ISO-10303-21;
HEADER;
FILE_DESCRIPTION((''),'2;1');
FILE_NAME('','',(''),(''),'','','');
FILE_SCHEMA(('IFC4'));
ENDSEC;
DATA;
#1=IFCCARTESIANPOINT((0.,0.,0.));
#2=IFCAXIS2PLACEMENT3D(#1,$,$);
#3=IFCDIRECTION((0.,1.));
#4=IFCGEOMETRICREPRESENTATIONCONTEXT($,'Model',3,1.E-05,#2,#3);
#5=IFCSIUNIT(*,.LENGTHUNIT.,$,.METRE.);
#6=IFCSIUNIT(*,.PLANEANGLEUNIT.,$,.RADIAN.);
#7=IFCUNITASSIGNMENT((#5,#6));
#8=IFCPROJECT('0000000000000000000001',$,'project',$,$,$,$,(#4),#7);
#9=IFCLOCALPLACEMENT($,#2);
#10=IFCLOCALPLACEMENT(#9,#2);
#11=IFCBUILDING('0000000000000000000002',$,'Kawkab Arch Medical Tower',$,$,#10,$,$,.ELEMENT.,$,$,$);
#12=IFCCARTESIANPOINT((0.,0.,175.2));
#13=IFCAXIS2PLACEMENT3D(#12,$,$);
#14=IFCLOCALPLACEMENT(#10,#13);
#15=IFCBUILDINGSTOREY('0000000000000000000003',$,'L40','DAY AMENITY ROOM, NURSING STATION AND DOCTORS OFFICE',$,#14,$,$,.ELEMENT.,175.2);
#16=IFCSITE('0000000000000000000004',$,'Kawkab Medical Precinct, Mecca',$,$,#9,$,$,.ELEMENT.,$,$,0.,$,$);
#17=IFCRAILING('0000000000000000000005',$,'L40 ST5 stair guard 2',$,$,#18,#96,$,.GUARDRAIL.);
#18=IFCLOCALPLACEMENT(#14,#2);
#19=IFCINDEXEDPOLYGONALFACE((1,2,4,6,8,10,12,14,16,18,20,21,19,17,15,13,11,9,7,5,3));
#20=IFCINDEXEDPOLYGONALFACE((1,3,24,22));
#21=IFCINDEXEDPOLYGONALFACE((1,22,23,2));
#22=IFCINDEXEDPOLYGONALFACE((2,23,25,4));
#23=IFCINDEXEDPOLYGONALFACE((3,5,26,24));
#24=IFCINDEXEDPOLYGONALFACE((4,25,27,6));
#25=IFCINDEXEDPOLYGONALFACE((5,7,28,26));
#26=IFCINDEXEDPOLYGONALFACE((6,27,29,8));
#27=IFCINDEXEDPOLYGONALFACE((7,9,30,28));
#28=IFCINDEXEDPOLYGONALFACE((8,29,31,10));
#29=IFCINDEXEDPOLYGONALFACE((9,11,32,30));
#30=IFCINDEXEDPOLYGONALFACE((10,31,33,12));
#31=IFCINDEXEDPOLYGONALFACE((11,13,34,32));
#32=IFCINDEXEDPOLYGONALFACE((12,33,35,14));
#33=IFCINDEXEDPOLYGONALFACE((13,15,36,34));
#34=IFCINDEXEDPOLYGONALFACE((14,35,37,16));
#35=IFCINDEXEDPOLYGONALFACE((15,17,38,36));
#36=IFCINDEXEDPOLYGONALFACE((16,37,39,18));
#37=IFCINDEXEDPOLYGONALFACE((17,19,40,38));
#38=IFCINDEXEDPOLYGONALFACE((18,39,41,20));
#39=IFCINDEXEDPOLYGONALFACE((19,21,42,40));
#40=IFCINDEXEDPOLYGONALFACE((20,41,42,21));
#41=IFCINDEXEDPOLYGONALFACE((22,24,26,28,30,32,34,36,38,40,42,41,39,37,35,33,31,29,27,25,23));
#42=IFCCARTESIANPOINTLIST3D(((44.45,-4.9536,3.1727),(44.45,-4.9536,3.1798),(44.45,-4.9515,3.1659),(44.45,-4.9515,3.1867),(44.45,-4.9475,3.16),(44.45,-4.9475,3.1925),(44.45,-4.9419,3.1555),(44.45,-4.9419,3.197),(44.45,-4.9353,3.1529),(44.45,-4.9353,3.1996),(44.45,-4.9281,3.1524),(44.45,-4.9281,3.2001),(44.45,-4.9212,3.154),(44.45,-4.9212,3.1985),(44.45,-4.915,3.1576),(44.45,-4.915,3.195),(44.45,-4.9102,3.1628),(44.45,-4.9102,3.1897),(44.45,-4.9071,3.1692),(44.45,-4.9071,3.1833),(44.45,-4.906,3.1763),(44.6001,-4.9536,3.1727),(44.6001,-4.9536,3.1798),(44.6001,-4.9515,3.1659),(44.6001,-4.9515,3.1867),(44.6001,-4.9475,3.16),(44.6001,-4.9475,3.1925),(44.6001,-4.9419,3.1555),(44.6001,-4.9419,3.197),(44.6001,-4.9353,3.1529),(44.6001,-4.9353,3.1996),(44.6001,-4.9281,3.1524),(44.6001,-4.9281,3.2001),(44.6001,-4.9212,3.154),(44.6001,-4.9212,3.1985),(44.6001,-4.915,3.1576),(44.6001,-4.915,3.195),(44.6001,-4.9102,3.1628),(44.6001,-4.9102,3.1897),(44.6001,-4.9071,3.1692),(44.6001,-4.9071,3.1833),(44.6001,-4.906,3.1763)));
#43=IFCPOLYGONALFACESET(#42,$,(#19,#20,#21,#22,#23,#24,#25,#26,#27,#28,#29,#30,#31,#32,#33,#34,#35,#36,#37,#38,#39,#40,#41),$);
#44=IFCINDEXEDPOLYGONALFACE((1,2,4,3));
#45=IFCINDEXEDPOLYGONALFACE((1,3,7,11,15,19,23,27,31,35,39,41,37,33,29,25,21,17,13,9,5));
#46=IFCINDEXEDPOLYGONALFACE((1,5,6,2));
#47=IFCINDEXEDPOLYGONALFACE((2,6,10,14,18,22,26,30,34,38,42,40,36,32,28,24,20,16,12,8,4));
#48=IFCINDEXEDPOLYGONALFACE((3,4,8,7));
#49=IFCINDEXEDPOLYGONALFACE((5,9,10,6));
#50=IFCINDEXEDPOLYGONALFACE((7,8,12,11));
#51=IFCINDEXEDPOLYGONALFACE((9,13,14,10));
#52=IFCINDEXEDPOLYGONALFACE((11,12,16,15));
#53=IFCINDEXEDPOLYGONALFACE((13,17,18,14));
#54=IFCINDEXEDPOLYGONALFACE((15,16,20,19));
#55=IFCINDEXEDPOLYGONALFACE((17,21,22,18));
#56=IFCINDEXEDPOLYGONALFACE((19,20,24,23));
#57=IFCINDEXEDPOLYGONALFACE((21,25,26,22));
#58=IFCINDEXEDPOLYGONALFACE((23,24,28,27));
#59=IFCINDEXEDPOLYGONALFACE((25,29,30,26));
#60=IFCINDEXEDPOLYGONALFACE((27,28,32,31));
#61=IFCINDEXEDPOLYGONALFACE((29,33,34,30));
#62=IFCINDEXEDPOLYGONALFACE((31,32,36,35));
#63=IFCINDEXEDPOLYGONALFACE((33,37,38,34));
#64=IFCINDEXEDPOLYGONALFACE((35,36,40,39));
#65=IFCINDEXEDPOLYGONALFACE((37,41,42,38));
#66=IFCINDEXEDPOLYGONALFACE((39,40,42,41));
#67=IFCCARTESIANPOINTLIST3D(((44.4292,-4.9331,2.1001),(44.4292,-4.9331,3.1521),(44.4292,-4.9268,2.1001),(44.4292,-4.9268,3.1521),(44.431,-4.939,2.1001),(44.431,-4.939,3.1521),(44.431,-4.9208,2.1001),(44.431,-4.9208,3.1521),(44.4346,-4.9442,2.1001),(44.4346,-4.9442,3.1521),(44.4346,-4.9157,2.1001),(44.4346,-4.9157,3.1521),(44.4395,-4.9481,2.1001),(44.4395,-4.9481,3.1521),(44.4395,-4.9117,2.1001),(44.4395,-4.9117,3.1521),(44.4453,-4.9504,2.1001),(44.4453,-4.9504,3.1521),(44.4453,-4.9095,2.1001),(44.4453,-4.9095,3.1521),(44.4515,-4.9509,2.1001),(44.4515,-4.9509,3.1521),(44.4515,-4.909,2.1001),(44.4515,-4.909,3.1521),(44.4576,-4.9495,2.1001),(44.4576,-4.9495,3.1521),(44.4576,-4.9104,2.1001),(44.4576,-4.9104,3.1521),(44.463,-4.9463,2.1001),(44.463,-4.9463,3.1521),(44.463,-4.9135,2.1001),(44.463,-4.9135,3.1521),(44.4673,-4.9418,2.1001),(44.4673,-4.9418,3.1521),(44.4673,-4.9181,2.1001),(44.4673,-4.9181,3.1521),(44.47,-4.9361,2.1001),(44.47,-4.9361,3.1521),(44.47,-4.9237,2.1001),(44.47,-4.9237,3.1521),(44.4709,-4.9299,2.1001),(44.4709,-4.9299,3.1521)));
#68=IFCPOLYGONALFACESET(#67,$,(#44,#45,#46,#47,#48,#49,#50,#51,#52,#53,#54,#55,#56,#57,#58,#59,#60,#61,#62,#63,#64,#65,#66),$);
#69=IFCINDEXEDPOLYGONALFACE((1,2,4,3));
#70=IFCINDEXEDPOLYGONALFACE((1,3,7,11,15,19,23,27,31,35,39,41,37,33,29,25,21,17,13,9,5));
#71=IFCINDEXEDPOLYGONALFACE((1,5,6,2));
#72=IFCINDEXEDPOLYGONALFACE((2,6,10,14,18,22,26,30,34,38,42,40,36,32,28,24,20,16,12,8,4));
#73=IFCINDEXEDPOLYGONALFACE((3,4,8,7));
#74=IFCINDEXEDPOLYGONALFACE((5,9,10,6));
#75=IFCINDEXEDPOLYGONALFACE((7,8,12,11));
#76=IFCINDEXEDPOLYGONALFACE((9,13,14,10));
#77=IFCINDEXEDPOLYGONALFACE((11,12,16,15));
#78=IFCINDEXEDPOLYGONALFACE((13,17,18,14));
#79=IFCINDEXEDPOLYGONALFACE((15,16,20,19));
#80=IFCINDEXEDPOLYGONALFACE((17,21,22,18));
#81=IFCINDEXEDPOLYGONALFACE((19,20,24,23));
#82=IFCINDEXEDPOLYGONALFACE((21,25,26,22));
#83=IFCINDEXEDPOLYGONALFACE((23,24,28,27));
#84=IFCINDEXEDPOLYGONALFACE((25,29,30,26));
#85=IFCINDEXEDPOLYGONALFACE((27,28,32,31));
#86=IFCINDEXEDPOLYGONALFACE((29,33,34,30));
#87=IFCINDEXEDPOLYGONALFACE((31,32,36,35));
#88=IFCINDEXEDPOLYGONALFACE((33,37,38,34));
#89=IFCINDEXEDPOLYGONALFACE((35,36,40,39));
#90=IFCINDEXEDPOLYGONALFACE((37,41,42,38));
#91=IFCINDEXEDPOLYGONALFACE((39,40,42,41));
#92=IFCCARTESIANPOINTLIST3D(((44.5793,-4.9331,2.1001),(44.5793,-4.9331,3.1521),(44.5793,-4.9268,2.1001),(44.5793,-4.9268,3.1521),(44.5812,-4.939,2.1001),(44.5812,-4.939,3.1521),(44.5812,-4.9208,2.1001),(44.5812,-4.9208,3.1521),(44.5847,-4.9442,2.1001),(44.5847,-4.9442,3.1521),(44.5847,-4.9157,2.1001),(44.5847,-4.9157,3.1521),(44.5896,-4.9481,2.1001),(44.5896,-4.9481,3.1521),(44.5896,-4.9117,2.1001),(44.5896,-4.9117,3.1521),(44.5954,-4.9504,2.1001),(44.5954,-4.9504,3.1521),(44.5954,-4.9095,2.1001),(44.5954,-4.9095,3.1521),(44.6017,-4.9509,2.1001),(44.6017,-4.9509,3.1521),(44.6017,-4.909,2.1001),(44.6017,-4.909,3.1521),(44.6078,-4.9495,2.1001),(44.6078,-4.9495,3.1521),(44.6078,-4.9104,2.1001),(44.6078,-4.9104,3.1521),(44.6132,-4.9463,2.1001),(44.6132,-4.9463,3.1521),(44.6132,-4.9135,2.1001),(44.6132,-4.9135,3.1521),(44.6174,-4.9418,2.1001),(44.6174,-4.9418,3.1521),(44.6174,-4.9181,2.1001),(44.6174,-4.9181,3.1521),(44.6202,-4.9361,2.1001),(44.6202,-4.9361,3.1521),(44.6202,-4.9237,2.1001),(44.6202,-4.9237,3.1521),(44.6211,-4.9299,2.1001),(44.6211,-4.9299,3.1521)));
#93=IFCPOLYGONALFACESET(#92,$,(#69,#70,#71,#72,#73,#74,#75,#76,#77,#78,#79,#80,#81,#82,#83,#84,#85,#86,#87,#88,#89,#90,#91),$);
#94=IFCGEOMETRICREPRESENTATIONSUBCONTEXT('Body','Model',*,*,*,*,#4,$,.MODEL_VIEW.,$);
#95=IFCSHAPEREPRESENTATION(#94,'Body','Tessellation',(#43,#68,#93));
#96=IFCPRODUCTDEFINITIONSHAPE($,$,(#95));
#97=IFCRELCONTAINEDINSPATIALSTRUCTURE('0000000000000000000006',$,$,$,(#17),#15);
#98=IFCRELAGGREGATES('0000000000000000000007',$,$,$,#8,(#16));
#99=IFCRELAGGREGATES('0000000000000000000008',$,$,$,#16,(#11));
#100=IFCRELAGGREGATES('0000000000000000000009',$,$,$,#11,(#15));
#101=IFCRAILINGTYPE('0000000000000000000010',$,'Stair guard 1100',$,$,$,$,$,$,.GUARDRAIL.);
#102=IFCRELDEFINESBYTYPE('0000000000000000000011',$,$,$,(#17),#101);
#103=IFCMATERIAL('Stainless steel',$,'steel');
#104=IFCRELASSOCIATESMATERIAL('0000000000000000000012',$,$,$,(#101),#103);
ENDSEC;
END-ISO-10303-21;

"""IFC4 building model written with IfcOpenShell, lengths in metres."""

from ifc_helpers import new_model, si_unit, direction, frame, origin, origin_2d, place, context, subcontext, project, spatial, circle, extrude, material, type_object, element, save


model = new_model("IFC4")

# Units and contexts
model_context = context("Model", 3, precision=1e-05, world=origin(), true_north=direction((0.0, 1.0)))
body_context = subcontext(model_context, "Body", "Model", "MODEL_VIEW")
ifc_project = project(units=[si_unit("LENGTHUNIT", "METRE"), si_unit("PLANEANGLEUNIT", "RADIAN")], contexts=[model_context])

# Site, building, storey
site_placement = place(None, origin())
site = spatial("IfcSite", under=ifc_project, at=site_placement, Name="Kawkab Medical Precinct, Mecca", CompositionType="ELEMENT", RefElevation=0.0)
building_placement = place(site_placement, origin())
building = spatial("IfcBuilding", under=site, at=building_placement, Name="Kawkab Arch Medical Tower", CompositionType="ELEMENT")
storey_placement = place(building_placement, frame((0.0, 0.0, 175.2)))
storey = spatial("IfcBuildingStorey", under=building, at=storey_placement, Name="L40", Description="DAY AMENITY ROOM, NURSING STATION AND DOCTORS OFFICE", CompositionType="ELEMENT", Elevation=175.2)

# Railing
ifc_material_1 = material(Name="Stainless steel", Category="steel")
railing_type = type_object("IfcRailingType", Name="Stair guard 1100", PredefinedType="GUARDRAIL", material=ifc_material_1)
railing_1_placement = place(storey_placement, frame((44.45, -4.9299, 2.1001)))
element("IfcRailing", 1, at=railing_1_placement, inside=storey, type_object=railing_type, Name="L40 ST5 stair guard 2", PredefinedType="GUARDRAIL", context=body_context, shape_type="SweptSolid", body=[
    extrude(circle(Radius=0.0239, at=origin_2d()), frame((0.0, 0.0, 1.0762), z_axis=(1.0, 0.0, 0.0), x_axis=(0.0, 1.0, 0.0)), (0.0, 0.0, 1.0), 0.1501),
    extrude(circle(Radius=0.021, at=origin_2d()), origin(), (0.0, 0.0, 1.0), 1.052),
    extrude(circle(Radius=0.021, at=origin_2d()), frame((0.1501, 0.0, 0.0)), (0.0, 0.0, 1.0), 1.052),
])

save(model, "model.ifc")
